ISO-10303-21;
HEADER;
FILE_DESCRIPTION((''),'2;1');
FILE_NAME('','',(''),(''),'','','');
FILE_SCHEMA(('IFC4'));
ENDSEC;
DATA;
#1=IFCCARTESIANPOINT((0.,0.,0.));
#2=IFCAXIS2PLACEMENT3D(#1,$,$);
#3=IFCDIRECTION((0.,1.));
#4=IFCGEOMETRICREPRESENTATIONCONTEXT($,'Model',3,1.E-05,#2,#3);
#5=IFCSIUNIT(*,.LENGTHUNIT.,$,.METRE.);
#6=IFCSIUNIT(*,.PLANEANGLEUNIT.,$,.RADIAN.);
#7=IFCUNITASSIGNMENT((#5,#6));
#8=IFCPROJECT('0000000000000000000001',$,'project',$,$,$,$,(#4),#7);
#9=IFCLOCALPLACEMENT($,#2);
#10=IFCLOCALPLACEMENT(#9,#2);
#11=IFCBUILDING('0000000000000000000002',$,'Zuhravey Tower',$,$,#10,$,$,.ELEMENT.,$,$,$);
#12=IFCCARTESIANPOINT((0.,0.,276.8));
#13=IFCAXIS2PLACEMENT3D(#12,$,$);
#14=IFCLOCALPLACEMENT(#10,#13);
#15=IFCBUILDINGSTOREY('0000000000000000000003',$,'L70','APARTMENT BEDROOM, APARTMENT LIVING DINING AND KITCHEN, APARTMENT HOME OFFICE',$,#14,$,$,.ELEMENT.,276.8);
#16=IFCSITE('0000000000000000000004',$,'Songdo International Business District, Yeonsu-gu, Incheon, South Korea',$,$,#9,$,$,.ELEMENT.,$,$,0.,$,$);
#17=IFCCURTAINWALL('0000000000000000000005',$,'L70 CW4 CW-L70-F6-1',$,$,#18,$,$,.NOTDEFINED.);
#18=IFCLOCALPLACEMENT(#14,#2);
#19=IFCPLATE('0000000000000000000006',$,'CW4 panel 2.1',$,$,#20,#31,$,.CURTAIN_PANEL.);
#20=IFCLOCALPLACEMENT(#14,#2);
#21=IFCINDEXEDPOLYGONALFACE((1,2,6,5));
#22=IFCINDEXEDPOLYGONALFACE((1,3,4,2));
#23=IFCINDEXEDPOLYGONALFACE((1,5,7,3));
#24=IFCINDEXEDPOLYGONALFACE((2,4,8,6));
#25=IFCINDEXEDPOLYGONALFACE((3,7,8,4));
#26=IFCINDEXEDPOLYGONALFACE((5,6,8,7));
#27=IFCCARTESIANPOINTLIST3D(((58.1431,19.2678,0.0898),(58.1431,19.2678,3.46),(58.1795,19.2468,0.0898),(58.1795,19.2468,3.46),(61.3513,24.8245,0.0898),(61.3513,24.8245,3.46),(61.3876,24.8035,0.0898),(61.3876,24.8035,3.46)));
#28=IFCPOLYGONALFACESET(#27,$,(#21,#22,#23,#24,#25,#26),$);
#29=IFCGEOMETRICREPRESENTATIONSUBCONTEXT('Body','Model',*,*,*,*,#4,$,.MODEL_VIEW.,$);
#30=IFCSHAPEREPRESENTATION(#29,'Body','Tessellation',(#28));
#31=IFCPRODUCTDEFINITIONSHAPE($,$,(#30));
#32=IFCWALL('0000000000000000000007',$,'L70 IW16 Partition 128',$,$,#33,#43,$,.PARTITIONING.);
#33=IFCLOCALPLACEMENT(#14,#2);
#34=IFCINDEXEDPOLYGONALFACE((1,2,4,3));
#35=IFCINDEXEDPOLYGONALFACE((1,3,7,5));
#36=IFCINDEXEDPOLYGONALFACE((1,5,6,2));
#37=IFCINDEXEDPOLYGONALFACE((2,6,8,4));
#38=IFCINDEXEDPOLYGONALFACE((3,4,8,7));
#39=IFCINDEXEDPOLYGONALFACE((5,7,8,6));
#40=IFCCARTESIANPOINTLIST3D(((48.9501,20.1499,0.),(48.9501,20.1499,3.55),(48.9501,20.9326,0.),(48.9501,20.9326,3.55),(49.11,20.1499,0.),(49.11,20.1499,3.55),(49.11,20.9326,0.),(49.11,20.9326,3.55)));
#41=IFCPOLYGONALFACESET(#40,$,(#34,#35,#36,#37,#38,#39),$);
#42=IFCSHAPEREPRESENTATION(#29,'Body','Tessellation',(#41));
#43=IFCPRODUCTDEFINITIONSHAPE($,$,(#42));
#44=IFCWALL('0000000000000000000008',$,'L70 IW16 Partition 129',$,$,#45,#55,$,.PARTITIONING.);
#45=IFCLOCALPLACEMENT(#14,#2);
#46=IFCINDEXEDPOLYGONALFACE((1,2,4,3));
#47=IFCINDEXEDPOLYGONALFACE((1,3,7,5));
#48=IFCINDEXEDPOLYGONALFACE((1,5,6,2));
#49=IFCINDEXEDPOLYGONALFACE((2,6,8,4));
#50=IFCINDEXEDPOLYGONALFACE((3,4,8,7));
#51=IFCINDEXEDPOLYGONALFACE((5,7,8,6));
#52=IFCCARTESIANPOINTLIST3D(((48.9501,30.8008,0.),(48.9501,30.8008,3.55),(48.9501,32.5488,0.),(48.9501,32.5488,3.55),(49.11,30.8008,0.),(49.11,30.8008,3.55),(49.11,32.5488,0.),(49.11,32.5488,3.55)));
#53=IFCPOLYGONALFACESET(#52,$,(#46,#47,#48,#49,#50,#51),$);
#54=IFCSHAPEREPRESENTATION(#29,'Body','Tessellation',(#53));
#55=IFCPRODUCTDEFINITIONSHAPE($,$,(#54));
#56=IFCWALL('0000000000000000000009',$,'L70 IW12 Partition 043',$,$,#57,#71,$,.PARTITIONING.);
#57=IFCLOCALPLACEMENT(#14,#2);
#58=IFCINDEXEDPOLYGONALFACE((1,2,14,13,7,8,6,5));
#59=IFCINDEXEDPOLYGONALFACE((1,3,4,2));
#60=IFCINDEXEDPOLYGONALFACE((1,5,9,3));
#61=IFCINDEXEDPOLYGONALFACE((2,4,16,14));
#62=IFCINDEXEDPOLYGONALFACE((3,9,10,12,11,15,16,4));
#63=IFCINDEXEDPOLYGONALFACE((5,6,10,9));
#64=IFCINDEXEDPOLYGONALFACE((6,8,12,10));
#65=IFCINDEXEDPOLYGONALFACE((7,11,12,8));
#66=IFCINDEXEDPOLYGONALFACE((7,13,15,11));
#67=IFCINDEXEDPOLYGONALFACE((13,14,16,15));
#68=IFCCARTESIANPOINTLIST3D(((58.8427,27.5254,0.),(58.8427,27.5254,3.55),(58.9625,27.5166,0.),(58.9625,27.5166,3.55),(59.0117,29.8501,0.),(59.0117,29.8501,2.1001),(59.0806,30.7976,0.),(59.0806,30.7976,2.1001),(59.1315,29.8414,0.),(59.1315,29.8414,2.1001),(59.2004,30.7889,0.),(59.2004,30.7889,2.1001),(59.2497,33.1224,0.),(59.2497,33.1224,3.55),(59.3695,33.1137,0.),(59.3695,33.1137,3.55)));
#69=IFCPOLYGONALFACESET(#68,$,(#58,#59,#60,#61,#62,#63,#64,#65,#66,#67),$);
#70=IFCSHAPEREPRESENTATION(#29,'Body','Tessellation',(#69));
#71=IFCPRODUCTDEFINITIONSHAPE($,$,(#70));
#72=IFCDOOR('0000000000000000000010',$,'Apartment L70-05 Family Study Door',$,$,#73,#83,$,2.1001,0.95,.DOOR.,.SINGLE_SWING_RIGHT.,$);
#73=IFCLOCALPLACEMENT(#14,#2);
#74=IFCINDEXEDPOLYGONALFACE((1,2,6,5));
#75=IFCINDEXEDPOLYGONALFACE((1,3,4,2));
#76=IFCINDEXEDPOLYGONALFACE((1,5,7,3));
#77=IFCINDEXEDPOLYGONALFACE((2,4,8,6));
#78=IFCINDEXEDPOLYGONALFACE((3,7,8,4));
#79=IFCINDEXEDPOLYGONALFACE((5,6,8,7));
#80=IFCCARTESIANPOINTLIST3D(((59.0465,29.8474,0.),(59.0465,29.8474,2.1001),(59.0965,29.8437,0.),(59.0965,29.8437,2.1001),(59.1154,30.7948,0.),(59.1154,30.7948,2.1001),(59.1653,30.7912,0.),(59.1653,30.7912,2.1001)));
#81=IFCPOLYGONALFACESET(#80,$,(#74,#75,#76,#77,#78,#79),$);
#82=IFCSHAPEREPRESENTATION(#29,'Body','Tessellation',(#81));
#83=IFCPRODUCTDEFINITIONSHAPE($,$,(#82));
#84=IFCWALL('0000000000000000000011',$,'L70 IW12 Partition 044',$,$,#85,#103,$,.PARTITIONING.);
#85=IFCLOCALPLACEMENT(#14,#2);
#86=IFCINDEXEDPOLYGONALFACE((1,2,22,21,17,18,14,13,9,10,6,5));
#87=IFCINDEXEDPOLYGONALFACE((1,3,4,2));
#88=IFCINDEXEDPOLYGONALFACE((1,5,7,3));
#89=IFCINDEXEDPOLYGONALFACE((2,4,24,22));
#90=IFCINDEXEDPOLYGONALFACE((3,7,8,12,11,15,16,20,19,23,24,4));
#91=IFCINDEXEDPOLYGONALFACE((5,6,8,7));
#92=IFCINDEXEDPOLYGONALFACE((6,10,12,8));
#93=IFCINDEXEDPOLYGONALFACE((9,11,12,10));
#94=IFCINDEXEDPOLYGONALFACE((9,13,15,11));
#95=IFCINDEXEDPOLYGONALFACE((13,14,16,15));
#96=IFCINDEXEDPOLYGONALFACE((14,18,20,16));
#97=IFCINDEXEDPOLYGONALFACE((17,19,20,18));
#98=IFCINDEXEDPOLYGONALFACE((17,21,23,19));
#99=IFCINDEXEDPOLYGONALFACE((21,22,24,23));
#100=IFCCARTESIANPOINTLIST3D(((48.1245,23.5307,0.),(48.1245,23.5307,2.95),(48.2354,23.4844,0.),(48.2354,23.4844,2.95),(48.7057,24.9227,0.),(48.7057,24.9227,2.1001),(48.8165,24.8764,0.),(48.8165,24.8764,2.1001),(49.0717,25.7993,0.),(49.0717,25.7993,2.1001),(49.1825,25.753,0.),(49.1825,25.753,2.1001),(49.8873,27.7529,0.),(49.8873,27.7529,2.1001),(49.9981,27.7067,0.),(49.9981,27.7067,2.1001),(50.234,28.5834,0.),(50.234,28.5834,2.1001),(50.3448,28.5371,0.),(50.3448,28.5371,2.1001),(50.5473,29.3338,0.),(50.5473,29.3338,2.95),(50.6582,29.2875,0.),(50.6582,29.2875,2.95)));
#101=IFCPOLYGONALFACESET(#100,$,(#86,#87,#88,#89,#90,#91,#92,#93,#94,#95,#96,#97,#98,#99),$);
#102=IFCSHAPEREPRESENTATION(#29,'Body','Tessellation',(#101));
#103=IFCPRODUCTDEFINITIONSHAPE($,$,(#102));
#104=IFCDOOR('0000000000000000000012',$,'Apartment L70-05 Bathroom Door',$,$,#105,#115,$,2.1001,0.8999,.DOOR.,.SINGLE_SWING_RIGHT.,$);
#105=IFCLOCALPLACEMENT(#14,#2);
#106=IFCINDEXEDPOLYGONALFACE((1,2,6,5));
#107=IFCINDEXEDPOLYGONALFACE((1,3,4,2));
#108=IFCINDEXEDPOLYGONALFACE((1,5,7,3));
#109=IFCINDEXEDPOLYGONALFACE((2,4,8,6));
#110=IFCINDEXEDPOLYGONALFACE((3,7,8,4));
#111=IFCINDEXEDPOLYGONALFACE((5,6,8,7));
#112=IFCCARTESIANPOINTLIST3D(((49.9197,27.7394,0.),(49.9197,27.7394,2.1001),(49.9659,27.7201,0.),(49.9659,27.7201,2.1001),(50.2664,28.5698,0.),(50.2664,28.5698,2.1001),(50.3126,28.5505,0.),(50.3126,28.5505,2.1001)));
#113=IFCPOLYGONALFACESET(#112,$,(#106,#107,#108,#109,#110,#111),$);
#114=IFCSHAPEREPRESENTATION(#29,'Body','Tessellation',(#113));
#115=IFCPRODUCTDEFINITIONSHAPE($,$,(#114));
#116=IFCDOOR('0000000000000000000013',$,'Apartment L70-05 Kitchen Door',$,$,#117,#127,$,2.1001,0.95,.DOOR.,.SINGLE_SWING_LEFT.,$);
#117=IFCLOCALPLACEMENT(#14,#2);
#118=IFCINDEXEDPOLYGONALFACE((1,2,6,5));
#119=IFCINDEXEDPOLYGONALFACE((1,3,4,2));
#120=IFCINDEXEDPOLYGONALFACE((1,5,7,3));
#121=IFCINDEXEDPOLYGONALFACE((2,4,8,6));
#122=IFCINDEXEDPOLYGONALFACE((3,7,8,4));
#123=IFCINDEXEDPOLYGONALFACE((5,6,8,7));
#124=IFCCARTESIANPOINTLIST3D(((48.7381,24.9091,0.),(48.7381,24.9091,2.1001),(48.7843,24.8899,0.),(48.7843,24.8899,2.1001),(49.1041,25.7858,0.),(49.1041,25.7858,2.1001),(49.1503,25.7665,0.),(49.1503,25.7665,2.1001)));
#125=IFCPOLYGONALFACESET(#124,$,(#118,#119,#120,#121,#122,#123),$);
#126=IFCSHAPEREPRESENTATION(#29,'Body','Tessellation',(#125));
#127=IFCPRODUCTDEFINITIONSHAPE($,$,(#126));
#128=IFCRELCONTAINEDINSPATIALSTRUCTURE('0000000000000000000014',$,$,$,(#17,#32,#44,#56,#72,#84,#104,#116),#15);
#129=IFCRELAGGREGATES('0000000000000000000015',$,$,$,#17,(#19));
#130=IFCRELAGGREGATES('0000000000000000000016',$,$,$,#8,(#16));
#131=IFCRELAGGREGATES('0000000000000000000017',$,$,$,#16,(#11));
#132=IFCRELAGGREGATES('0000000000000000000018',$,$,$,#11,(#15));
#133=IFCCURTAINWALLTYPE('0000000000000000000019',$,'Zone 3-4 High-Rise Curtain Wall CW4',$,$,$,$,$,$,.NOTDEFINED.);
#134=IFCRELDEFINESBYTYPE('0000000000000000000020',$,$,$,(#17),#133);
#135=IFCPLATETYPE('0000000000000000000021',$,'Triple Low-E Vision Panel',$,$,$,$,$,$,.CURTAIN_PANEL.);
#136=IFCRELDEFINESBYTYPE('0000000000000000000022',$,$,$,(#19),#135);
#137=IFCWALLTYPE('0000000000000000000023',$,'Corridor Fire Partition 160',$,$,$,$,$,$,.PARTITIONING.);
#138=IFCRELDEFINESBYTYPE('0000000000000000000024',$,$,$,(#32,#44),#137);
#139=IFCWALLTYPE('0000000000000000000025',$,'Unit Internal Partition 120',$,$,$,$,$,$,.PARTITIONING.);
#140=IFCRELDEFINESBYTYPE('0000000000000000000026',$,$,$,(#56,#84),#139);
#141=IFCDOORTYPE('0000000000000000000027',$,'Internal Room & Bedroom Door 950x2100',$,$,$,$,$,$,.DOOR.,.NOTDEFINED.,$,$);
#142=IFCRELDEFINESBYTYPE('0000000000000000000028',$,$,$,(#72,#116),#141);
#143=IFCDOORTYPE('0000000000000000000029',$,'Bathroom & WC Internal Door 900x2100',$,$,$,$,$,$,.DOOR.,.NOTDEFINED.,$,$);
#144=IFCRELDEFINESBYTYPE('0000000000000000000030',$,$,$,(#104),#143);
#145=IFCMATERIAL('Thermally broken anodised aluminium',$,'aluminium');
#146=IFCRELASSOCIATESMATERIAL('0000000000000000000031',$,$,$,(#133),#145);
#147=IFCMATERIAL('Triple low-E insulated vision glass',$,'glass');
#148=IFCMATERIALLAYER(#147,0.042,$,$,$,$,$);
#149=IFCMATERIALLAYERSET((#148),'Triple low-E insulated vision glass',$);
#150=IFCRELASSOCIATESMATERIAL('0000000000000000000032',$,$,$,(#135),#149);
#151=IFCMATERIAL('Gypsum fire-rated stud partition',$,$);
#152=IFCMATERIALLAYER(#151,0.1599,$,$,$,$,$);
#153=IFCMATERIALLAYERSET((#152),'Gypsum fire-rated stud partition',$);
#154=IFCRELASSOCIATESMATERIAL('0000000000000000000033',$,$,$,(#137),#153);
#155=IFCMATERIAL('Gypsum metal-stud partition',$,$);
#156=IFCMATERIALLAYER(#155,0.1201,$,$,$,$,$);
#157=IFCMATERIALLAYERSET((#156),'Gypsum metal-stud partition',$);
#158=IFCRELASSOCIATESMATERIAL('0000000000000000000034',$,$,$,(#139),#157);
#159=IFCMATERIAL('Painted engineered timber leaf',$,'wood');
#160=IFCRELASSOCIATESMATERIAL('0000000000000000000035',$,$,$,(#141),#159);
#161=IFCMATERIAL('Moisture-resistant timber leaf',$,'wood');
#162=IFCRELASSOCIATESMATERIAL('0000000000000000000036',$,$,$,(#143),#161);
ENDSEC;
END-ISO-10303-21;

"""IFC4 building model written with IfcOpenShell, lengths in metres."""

from ifc_helpers import new_model, si_unit, direction, frame, frame_2d, origin, origin_2d, place, context, subcontext, project, spatial, rectangle, extrude, material, layer, layer_set, type_object, element, fill, aggregate, save


model = new_model("IFC4")

# Units and contexts
model_context = context("Model", 3, precision=1e-05, world=origin(), true_north=direction((0.0, 1.0)))
body_context = subcontext(model_context, "Body", "Model", "MODEL_VIEW")
ifc_project = project(units=[si_unit("LENGTHUNIT", "METRE"), si_unit("PLANEANGLEUNIT", "RADIAN")], contexts=[model_context])

# Site, building, storey
site_placement = place(None, origin())
site = spatial("IfcSite", under=ifc_project, at=site_placement, Name="Songdo International Business District, Yeonsu-gu, Incheon, South Korea", CompositionType="ELEMENT", RefElevation=0.0)
building_placement = place(site_placement, origin())
building = spatial("IfcBuilding", under=site, at=building_placement, Name="Zuhravey Tower", CompositionType="ELEMENT")
storey_placement = place(building_placement, frame((0.0, 0.0, 276.8)))
storey = spatial("IfcBuildingStorey", under=building, at=storey_placement, Name="L70", Description="APARTMENT BEDROOM, APARTMENT LIVING DINING AND KITCHEN, APARTMENT HOME OFFICE", CompositionType="ELEMENT", Elevation=276.8)

# Curtain wall
ifc_material_1 = material(Name="Thermally broken anodised aluminium", Category="aluminium")
curtain_wall_type = type_object("IfcCurtainWallType", Name="Zone 3-4 High-Rise Curtain Wall CW4", PredefinedType="NOTDEFINED", material=ifc_material_1)
curtain_wall_placement = place(storey_placement, origin())
curtain_wall = element("IfcCurtainWall", 1, at=curtain_wall_placement, inside=storey, type_object=curtain_wall_type, Name="L70 CW4 CW-L70-F6-1", PredefinedType="NOTDEFINED")

# Plate
ifc_material_2 = material(Name="Triple low-E insulated vision glass", Category="glass")
ifc_layer_1 = layer(ifc_material_2, 0.042)
ifc_layer_set_1 = layer_set([ifc_layer_1], Name="Triple low-E insulated vision glass")
plate_type_1 = type_object("IfcPlateType", Name="Triple Low-E Vision Panel", PredefinedType="CURTAIN_PANEL", material=ifc_layer_set_1)
plate_1_placement = place(storey_placement, frame((59.7654, 22.0356, 0.0898), z_axis=(0.0, 0.0, 1.0), x_axis=(-0.500001, -0.866025, 0.0)))
plate_1 = element("IfcPlate", 2, at=plate_1_placement, type_object=plate_type_1, Name="CW4 panel 2.1", PredefinedType="CURTAIN_PANEL", context=body_context, shape_type="SweptSolid", body=[
    extrude(rectangle(XDim=6.4163, YDim=0.042, at=origin_2d()), origin(), (0.0, 0.0, 1.0), 3.3701),
])
aggregate(curtain_wall, [plate_1])

# Walls
ifc_material_3 = material(Name="Gypsum fire-rated stud partition")
ifc_layer_2 = layer(ifc_material_3, 0.1599)
ifc_layer_set_2 = layer_set([ifc_layer_2], Name="Gypsum fire-rated stud partition")
wall_type_1 = type_object("IfcWallType", Name="Corridor Fire Partition 160", PredefinedType="PARTITIONING", material=ifc_layer_set_2)
wall_1_placement = place(storey_placement, frame((49.03, 20.1499, 0.0), z_axis=(0.0, 0.0, 1.0), x_axis=(0.0, 1.0, 0.0)))
element("IfcWall", 3, at=wall_1_placement, inside=storey, type_object=wall_type_1, Name="L70 IW16 Partition 128", PredefinedType="PARTITIONING", context=body_context, shape_type="SweptSolid", body=[
    extrude(rectangle(XDim=0.7827, YDim=0.1599, at=frame_2d((0.3914, 0.0))), origin(), (0.0, 0.0, 1.0), 3.55),
])
wall_2_placement = place(storey_placement, frame((49.03, 30.8008, 0.0), z_axis=(0.0, 0.0, 1.0), x_axis=(0.0, 1.0, 0.0)))
element("IfcWall", 4, at=wall_2_placement, inside=storey, type_object=wall_type_1, Name="L70 IW16 Partition 129", PredefinedType="PARTITIONING", context=body_context, shape_type="SweptSolid", body=[
    extrude(rectangle(XDim=1.748, YDim=0.1599, at=frame_2d((0.874, 0.0))), origin(), (0.0, 0.0, 1.0), 3.55),
])

# Wall, opening, door
ifc_material_4 = material(Name="Gypsum metal-stud partition")
ifc_layer_3 = layer(ifc_material_4, 0.1201)
ifc_layer_set_3 = layer_set([ifc_layer_3], Name="Gypsum metal-stud partition")
wall_type_2 = type_object("IfcWallType", Name="Unit Internal Partition 120", PredefinedType="PARTITIONING", material=ifc_layer_set_3)
wall_3_placement = place(storey_placement, frame((58.9026, 27.521, 0.0), z_axis=(0.0, 0.0, 1.0), x_axis=(0.072524, 0.997367, 0.0)))
wall_3 = element("IfcWall", 5, at=wall_3_placement, inside=storey, type_object=wall_type_2, Name="L70 IW12 Partition 043", PredefinedType="PARTITIONING", context=body_context, shape_type="SweptSolid", body=[
    extrude(rectangle(XDim=5.6118, YDim=0.1201, at=frame_2d((2.8059, 0.0))), origin(), (0.0, 0.0, 1.0), 3.55),
])
opening_1_placement = place(wall_3_placement, frame((2.3308, 0.0, 0.0)))
opening_1 = element("IfcOpeningElement", 6, at=opening_1_placement, cuts=wall_3, PredefinedType="OPENING", context=body_context, shape_type="SweptSolid", body=[
    extrude(rectangle(XDim=0.95, YDim=2.1001, at=frame_2d((0.4751, 1.05))), frame((0.0, 0.072, 0.0), z_axis=(0.0, -1.0, 0.0), x_axis=(1.0, 0.0, 0.0)), (0.0, 0.0, 1.0), 0.144),
])
ifc_material_5 = material(Name="Painted engineered timber leaf", Category="wood")
door_type_1 = type_object("IfcDoorType", Name="Internal Room & Bedroom Door 950x2100", OperationType="NOTDEFINED", PredefinedType="DOOR", material=ifc_material_5)
door_1_placement = place(opening_1_placement, frame((0.95, 0.0, 0.0), z_axis=(0.0, 0.0, 1.0), x_axis=(-1.0, 0.0, 0.0)))
door_1 = element("IfcDoor", 7, at=door_1_placement, inside=storey, type_object=door_type_1, Name="Apartment L70-05 Family Study Door", OperationType="SINGLE_SWING_RIGHT", OverallHeight=2.1001, OverallWidth=0.95, PredefinedType="DOOR", context=body_context, shape_type="SweptSolid", body=[
    extrude(rectangle(XDim=0.95, YDim=2.1001, at=frame_2d((0.4751, 1.05))), frame((0.0, 0.0249, 0.0), z_axis=(0.0, -1.0, 0.0), x_axis=(1.0, 0.0, 0.0)), (0.0, 0.0, 1.0), 0.05),
])
fill(opening_1, door_1)

# Wall, openings, doors
wall_4_placement = place(storey_placement, frame((48.1799, 23.5076, 0.0), z_axis=(0.0, 0.0, 1.0), x_axis=(0.385271, 0.922803, 0.0)))
wall_4 = element("IfcWall", 8, at=wall_4_placement, inside=storey, type_object=wall_type_2, Name="L70 IW12 Partition 044", PredefinedType="PARTITIONING", context=body_context, shape_type="SweptSolid", body=[
    extrude(rectangle(XDim=6.2886, YDim=0.1201, at=frame_2d((3.1443, 0.0))), origin(), (0.0, 0.0, 1.0), 2.95),
])
opening_2_placement = place(wall_4_placement, frame((1.5083, 0.0, 0.0)))
opening_2 = element("IfcOpeningElement", 9, at=opening_2_placement, cuts=wall_4, PredefinedType="OPENING", context=body_context, shape_type="SweptSolid", body=[
    extrude(rectangle(XDim=0.95, YDim=2.1001, at=frame_2d((0.4751, 1.05))), frame((0.0, 0.072, 0.0), z_axis=(0.0, -1.0, 0.0), x_axis=(1.0, 0.0, 0.0)), (0.0, 0.0, 1.0), 0.144),
])
opening_3_placement = place(wall_4_placement, frame((4.5754, 0.0, 0.0)))
opening_3 = element("IfcOpeningElement", 10, at=opening_3_placement, cuts=wall_4, PredefinedType="OPENING", context=body_context, shape_type="SweptSolid", body=[
    extrude(rectangle(XDim=0.8999, YDim=2.1001, at=frame_2d((0.45, 1.05))), frame((0.0, 0.072, 0.0), z_axis=(0.0, -1.0, 0.0), x_axis=(1.0, 0.0, 0.0)), (0.0, 0.0, 1.0), 0.144),
])
ifc_material_6 = material(Name="Moisture-resistant timber leaf", Category="wood")
door_type_2 = type_object("IfcDoorType", Name="Bathroom & WC Internal Door 900x2100", OperationType="NOTDEFINED", PredefinedType="DOOR", material=ifc_material_6)
door_2_placement = place(opening_3_placement, origin())
door_2 = element("IfcDoor", 11, at=door_2_placement, inside=storey, type_object=door_type_2, Name="Apartment L70-05 Bathroom Door", OperationType="SINGLE_SWING_RIGHT", OverallHeight=2.1001, OverallWidth=0.8999, PredefinedType="DOOR", context=body_context, shape_type="SweptSolid", body=[
    extrude(rectangle(XDim=0.8999, YDim=2.1001, at=frame_2d((0.45, 1.05))), frame((0.0, 0.0249, 0.0), z_axis=(0.0, -1.0, 0.0), x_axis=(1.0, 0.0, 0.0)), (0.0, 0.0, 1.0), 0.05),
])
fill(opening_3, door_2)
door_3_placement = place(opening_2_placement, origin())
door_3 = element("IfcDoor", 12, at=door_3_placement, inside=storey, type_object=door_type_1, Name="Apartment L70-05 Kitchen Door", OperationType="SINGLE_SWING_LEFT", OverallHeight=2.1001, OverallWidth=0.95, PredefinedType="DOOR", context=body_context, shape_type="SweptSolid", body=[
    extrude(rectangle(XDim=0.95, YDim=2.1001, at=frame_2d((0.4751, 1.05))), frame((0.0, 0.0249, 0.0), z_axis=(0.0, -1.0, 0.0), x_axis=(1.0, 0.0, 0.0)), (0.0, 0.0, 1.0), 0.05),
])
fill(opening_2, door_3)

save(model, "model.ifc")
